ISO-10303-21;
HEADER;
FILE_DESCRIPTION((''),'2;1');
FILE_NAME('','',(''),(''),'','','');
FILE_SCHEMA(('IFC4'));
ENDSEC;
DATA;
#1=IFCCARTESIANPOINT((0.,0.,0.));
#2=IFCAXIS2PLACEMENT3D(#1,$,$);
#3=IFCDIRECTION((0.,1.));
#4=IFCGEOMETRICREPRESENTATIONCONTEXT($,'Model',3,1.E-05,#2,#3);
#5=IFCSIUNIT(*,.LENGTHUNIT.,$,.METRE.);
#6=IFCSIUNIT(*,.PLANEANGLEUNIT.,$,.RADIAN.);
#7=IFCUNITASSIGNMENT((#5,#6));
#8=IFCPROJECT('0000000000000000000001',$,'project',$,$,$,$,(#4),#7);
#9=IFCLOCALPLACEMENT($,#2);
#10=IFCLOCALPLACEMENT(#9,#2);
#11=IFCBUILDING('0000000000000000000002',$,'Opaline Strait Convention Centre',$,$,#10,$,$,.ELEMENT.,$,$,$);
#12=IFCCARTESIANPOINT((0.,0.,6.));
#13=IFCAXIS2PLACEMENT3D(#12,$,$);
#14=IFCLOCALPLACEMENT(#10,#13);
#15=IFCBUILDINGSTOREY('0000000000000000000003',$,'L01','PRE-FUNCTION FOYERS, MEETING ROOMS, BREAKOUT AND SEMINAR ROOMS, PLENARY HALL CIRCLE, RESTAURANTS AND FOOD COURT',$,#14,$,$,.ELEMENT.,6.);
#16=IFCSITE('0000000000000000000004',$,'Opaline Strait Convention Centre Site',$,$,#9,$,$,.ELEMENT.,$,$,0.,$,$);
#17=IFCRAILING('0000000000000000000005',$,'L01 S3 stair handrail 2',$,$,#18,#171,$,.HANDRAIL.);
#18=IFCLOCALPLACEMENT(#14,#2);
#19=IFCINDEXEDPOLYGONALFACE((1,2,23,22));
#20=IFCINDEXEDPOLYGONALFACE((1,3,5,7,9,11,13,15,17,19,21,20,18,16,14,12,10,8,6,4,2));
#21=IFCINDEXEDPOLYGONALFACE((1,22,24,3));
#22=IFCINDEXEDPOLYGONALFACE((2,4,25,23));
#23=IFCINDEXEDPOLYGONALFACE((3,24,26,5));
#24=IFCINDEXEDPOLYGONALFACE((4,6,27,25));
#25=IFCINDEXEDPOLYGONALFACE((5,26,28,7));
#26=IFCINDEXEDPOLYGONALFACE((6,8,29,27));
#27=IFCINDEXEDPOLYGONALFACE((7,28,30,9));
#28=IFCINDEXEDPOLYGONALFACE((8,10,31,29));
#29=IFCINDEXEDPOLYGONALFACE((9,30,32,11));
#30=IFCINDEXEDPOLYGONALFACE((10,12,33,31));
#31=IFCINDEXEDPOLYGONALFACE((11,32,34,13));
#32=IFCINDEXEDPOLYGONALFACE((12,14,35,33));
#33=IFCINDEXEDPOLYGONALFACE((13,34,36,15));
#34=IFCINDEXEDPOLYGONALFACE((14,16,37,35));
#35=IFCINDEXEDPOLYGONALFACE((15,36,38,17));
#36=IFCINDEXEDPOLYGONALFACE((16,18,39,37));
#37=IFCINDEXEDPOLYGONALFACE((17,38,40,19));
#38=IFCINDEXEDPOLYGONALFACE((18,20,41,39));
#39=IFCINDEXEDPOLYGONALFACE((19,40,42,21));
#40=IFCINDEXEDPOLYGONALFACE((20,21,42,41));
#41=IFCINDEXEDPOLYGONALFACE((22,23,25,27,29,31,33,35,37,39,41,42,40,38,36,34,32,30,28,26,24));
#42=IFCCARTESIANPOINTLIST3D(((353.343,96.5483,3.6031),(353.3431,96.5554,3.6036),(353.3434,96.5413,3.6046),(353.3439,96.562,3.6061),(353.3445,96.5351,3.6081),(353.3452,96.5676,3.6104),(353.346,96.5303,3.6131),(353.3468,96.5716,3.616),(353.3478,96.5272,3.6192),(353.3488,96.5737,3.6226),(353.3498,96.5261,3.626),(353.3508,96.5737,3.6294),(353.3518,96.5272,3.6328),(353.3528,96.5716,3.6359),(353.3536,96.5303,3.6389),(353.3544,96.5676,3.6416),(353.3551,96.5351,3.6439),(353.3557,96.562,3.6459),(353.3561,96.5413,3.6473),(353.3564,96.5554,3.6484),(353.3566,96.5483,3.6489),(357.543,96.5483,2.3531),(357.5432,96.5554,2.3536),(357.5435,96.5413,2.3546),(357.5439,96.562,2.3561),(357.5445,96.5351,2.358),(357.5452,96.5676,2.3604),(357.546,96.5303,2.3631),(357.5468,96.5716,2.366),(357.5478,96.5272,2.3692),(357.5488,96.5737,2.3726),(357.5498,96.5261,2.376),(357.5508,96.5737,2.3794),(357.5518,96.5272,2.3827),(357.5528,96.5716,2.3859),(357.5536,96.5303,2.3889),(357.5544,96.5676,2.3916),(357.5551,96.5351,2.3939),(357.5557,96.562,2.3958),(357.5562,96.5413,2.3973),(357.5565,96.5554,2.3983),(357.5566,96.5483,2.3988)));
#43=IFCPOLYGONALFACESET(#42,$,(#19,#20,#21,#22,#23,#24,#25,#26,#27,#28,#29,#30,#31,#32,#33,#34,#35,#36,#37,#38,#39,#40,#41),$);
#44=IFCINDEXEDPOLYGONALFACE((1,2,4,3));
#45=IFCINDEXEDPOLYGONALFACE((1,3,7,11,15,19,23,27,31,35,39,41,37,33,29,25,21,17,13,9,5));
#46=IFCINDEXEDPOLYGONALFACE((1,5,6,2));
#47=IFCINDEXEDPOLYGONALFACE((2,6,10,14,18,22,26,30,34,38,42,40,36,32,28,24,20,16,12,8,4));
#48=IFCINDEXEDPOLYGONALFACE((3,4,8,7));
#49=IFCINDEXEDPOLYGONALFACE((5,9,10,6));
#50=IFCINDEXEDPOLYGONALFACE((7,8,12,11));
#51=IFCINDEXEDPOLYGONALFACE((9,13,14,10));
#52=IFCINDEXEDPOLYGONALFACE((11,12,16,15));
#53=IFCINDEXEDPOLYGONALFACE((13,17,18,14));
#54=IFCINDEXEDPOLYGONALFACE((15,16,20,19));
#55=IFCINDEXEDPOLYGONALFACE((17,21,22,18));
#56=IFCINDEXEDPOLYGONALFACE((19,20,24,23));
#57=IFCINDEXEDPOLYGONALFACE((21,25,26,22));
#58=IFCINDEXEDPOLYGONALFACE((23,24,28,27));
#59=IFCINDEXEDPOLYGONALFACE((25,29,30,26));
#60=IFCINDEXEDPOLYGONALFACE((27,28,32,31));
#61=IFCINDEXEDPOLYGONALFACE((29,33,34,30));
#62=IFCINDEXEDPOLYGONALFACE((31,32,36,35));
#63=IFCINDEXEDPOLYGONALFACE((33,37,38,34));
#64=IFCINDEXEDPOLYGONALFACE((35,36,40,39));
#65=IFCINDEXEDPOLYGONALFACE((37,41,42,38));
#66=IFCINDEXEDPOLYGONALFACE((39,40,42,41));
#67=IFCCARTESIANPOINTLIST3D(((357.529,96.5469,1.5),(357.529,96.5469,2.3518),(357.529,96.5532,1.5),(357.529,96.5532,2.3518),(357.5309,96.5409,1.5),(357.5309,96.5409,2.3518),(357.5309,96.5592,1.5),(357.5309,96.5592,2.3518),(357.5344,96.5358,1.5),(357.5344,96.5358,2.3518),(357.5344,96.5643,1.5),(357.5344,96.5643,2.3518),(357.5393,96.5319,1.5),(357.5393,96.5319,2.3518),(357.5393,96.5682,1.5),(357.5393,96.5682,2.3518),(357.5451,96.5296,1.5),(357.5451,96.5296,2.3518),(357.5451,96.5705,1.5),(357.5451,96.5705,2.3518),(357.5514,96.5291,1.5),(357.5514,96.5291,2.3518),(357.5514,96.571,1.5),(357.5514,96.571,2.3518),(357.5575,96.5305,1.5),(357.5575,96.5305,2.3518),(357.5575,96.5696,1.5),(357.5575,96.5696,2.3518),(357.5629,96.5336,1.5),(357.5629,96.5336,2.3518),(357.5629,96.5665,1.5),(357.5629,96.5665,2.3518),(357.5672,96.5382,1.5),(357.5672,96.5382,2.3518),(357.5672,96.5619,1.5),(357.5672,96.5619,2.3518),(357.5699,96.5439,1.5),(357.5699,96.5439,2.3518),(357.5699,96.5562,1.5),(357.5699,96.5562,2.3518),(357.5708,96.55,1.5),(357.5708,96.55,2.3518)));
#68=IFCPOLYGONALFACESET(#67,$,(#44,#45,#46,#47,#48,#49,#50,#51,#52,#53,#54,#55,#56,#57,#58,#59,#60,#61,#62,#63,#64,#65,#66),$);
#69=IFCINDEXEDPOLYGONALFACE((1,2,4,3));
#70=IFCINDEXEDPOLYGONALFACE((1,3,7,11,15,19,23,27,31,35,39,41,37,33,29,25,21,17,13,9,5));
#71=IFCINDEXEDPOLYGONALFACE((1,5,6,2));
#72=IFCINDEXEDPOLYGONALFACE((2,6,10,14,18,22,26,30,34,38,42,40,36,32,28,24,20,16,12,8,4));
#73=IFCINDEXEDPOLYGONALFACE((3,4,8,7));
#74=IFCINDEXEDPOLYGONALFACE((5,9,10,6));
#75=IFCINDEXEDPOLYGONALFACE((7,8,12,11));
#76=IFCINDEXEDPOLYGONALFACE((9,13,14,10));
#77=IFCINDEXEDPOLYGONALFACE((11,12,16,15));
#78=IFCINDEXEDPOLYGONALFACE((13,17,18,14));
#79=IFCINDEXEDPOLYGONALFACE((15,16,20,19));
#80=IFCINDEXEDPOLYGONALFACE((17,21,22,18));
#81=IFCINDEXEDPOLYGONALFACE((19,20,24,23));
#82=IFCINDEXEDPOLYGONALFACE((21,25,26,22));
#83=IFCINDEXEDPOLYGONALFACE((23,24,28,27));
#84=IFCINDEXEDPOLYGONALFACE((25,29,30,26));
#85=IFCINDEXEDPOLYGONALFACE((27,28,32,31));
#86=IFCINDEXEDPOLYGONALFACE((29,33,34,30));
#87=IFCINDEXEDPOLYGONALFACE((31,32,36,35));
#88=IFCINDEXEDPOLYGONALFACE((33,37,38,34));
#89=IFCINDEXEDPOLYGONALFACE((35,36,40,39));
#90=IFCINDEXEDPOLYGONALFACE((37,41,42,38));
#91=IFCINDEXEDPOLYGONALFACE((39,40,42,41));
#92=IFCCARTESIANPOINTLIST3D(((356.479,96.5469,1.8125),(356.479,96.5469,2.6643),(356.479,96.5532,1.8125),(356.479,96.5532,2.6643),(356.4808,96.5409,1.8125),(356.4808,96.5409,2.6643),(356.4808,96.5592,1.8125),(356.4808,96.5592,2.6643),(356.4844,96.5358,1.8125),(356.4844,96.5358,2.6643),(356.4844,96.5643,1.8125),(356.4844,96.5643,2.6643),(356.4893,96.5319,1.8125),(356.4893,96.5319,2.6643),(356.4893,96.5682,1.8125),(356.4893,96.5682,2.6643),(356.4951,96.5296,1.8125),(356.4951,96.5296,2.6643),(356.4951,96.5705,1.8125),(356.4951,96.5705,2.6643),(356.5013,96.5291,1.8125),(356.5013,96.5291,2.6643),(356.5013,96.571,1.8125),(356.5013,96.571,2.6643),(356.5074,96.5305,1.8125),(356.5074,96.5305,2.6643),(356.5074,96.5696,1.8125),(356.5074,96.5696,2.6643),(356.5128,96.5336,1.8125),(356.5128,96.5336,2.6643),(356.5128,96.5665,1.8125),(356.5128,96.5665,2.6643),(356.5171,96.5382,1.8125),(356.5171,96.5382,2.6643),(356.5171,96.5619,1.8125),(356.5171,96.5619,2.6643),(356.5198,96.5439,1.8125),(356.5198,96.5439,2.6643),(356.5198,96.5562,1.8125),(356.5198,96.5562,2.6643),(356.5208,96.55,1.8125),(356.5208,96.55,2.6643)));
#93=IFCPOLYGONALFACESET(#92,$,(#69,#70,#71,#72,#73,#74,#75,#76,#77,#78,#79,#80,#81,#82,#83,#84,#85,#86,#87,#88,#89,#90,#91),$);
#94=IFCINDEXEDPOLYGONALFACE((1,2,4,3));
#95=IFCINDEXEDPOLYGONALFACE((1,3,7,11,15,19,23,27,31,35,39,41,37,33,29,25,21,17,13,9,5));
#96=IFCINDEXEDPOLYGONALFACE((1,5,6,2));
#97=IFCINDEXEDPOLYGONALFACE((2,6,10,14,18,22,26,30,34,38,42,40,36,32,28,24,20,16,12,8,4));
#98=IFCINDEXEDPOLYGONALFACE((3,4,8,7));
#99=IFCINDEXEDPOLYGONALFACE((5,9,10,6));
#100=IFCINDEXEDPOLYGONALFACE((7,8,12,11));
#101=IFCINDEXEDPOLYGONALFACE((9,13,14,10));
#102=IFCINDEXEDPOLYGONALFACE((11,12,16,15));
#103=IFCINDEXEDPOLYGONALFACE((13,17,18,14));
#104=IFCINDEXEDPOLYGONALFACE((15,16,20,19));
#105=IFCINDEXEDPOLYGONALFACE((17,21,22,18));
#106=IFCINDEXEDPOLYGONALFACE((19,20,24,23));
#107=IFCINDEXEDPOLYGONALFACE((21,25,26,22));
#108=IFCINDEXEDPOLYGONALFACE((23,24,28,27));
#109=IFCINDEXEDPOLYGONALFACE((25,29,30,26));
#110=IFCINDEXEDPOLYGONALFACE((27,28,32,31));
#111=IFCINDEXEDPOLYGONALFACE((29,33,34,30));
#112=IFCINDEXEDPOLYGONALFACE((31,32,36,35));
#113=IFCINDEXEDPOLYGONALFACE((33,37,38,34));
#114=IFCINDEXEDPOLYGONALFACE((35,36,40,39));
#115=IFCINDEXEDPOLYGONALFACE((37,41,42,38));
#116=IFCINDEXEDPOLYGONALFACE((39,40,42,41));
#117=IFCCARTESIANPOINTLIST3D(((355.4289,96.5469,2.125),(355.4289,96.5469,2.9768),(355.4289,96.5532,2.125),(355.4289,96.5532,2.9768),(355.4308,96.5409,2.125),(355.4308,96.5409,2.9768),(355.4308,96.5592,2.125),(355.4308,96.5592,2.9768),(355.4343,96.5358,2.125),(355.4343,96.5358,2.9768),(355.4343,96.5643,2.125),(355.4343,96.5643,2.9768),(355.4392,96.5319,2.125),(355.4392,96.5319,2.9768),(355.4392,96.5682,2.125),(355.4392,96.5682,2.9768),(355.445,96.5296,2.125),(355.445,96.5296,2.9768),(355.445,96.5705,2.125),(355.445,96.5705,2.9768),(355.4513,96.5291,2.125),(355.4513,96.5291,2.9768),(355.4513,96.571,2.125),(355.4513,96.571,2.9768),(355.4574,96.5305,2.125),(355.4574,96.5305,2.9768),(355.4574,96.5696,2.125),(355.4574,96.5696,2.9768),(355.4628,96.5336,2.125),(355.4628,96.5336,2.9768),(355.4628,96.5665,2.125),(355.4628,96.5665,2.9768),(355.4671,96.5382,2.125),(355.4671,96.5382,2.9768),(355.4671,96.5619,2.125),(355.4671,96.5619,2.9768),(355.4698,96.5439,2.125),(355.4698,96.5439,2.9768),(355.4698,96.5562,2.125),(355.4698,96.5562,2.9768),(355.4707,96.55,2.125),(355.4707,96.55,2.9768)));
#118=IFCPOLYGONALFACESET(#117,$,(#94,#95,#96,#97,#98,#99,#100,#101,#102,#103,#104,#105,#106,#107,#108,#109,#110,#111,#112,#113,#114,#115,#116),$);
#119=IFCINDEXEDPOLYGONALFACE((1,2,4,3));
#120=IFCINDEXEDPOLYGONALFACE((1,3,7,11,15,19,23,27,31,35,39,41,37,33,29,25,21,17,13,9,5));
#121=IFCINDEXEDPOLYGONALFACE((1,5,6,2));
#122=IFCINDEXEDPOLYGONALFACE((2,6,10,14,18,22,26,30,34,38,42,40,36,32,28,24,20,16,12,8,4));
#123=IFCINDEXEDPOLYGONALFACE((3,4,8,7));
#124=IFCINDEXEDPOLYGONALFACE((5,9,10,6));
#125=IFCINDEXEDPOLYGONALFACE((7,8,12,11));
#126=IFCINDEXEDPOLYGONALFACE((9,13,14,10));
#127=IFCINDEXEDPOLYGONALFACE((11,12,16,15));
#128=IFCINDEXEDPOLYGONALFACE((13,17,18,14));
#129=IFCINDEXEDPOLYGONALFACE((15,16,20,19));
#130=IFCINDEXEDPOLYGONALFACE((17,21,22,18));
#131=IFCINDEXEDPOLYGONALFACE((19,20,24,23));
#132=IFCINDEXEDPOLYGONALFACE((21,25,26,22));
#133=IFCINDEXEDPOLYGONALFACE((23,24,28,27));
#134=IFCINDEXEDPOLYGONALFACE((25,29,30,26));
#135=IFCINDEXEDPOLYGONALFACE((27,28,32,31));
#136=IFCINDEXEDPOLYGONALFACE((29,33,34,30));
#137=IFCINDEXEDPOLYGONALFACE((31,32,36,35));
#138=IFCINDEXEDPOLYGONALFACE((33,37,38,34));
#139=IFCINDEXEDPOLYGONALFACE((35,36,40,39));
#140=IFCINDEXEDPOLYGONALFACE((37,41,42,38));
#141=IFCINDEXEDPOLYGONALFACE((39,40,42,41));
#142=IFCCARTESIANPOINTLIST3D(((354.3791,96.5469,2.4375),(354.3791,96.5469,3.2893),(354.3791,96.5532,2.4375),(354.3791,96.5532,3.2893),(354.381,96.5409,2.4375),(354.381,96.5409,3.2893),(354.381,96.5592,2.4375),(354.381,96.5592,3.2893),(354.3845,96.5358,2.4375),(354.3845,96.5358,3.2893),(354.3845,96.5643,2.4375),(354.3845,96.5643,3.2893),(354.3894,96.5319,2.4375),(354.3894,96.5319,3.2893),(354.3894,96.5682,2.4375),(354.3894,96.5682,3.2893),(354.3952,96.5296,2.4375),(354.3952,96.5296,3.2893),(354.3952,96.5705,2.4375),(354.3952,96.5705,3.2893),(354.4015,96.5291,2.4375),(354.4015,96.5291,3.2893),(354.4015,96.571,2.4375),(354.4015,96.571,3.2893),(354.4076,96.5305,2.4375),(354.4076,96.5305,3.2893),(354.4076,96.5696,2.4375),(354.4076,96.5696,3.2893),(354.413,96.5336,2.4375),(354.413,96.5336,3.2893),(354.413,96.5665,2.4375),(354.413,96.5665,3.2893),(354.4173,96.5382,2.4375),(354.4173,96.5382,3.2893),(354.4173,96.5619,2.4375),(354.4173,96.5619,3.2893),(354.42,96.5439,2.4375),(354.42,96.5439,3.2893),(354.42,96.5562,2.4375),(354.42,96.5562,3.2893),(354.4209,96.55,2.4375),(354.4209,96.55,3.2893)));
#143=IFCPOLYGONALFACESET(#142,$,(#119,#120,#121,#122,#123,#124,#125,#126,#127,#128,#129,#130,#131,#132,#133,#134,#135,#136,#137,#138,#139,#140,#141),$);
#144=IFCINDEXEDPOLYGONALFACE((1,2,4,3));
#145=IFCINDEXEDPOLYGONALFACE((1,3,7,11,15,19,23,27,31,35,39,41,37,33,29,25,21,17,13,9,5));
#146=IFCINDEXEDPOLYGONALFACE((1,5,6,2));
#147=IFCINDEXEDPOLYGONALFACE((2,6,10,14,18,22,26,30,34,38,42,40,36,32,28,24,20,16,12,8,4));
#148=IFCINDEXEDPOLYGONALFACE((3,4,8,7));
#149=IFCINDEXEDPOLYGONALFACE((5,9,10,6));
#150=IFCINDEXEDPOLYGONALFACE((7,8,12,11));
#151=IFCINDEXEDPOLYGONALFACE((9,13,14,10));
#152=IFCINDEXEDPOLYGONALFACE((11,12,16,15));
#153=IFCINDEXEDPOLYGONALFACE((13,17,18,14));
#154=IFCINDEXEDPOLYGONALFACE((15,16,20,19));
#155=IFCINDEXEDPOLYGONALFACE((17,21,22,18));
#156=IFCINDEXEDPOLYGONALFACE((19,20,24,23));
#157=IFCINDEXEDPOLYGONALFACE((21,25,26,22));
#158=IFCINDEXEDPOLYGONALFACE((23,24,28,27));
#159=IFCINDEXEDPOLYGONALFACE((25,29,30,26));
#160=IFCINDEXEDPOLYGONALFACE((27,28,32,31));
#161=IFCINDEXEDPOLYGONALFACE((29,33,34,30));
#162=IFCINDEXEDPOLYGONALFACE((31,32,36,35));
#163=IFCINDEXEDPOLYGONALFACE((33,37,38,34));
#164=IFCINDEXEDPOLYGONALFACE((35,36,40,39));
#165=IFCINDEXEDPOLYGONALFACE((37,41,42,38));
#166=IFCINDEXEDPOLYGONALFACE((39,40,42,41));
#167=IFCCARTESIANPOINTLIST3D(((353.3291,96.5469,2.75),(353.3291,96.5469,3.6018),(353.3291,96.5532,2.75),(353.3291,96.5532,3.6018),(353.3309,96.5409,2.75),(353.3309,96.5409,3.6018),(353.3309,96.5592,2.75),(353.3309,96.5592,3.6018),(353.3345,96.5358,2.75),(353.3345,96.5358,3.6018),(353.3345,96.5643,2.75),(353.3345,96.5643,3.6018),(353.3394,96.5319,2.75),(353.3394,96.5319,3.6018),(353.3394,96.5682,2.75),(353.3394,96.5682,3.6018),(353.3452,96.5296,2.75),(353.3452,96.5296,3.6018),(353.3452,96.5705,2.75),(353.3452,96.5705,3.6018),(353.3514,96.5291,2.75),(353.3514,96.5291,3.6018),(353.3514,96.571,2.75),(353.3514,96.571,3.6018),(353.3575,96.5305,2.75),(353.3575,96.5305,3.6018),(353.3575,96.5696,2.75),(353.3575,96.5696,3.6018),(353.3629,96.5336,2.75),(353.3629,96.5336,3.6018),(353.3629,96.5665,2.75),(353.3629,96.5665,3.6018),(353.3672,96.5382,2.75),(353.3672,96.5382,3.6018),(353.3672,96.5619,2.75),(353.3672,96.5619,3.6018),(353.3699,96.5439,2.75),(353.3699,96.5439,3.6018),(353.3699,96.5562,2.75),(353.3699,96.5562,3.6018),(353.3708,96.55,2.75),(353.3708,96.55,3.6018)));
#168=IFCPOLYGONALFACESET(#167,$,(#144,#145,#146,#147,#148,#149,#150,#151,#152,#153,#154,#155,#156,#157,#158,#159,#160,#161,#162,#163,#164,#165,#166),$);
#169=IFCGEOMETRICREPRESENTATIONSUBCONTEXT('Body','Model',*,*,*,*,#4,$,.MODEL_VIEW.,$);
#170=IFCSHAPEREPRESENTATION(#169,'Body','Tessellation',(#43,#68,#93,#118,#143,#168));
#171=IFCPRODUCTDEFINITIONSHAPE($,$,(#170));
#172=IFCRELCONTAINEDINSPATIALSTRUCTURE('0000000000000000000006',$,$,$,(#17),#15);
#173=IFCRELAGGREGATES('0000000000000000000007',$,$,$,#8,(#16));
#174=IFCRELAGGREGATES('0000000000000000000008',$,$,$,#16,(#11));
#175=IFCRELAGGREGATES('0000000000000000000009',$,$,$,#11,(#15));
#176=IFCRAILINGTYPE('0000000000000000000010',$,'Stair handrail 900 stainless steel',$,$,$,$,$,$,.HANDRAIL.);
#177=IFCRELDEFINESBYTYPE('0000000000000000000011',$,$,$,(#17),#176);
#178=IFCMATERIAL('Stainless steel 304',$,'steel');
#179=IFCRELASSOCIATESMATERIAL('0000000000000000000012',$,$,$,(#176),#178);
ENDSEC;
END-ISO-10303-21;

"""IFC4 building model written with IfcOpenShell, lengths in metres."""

from ifc_helpers import new_model, si_unit, direction, frame, origin, origin_2d, place, context, subcontext, project, spatial, circle, extrude, material, type_object, element, save


model = new_model("IFC4")

# Units and contexts
model_context = context("Model", 3, precision=1e-05, world=origin(), true_north=direction((0.0, 1.0)))
body_context = subcontext(model_context, "Body", "Model", "MODEL_VIEW")
ifc_project = project(units=[si_unit("LENGTHUNIT", "METRE"), si_unit("PLANEANGLEUNIT", "RADIAN")], contexts=[model_context])

# Site, building, storey
site_placement = place(None, origin())
site = spatial("IfcSite", under=ifc_project, at=site_placement, Name="Opaline Strait Convention Centre Site", CompositionType="ELEMENT", RefElevation=0.0)
building_placement = place(site_placement, origin())
building = spatial("IfcBuilding", under=site, at=building_placement, Name="Opaline Strait Convention Centre", CompositionType="ELEMENT")
storey_placement = place(building_placement, frame((0.0, 0.0, 6.0)))
storey = spatial("IfcBuildingStorey", under=building, at=storey_placement, Name="L01", Description="PRE-FUNCTION FOYERS, MEETING ROOMS, BREAKOUT AND SEMINAR ROOMS, PLENARY HALL CIRCLE, RESTAURANTS AND FOOD COURT", CompositionType="ELEMENT", Elevation=6.0)

# Railing
ifc_material_1 = material(Name="Stainless steel 304", Category="steel")
railing_type = type_object("IfcRailingType", Name="Stair handrail 900 stainless steel", PredefinedType="HANDRAIL", material=ifc_material_1)
for number, where, name in (
    (1, (357.5498, 96.55, 1.5), "L01 S3 stair handrail 2"),
):
    element("IfcRailing", number, at=place(storey_placement, frame(where)), inside=storey, type_object=railing_type, Name=name, PredefinedType="HANDRAIL", context=body_context, shape_type="SweptSolid", body=[
        extrude(circle(Radius=0.0239, at=origin_2d()), frame((0.0, 0.0, 0.876), z_axis=(-0.958451, 0.0, 0.285257), x_axis=(0.0, -1.0, 0.0)), (0.0, 0.0, 1.0), 4.3821),
        extrude(circle(Radius=0.021, at=origin_2d()), origin(), (0.0, 0.0, 1.0), 0.8518),
        extrude(circle(Radius=0.021, at=origin_2d()), frame((-1.05, 0.0, 0.3125)), (0.0, 0.0, 1.0), 0.8518),
        extrude(circle(Radius=0.021, at=origin_2d()), frame((-2.1001, 0.0, 0.625)), (0.0, 0.0, 1.0), 0.8518),
        extrude(circle(Radius=0.021, at=origin_2d()), frame((-3.1499, 0.0, 0.9375)), (0.0, 0.0, 1.0), 0.8518),
        extrude(circle(Radius=0.021, at=origin_2d()), frame((-4.2, 0.0, 1.25)), (0.0, 0.0, 1.0), 0.8518),
    ])

save(model, "model.ifc")
